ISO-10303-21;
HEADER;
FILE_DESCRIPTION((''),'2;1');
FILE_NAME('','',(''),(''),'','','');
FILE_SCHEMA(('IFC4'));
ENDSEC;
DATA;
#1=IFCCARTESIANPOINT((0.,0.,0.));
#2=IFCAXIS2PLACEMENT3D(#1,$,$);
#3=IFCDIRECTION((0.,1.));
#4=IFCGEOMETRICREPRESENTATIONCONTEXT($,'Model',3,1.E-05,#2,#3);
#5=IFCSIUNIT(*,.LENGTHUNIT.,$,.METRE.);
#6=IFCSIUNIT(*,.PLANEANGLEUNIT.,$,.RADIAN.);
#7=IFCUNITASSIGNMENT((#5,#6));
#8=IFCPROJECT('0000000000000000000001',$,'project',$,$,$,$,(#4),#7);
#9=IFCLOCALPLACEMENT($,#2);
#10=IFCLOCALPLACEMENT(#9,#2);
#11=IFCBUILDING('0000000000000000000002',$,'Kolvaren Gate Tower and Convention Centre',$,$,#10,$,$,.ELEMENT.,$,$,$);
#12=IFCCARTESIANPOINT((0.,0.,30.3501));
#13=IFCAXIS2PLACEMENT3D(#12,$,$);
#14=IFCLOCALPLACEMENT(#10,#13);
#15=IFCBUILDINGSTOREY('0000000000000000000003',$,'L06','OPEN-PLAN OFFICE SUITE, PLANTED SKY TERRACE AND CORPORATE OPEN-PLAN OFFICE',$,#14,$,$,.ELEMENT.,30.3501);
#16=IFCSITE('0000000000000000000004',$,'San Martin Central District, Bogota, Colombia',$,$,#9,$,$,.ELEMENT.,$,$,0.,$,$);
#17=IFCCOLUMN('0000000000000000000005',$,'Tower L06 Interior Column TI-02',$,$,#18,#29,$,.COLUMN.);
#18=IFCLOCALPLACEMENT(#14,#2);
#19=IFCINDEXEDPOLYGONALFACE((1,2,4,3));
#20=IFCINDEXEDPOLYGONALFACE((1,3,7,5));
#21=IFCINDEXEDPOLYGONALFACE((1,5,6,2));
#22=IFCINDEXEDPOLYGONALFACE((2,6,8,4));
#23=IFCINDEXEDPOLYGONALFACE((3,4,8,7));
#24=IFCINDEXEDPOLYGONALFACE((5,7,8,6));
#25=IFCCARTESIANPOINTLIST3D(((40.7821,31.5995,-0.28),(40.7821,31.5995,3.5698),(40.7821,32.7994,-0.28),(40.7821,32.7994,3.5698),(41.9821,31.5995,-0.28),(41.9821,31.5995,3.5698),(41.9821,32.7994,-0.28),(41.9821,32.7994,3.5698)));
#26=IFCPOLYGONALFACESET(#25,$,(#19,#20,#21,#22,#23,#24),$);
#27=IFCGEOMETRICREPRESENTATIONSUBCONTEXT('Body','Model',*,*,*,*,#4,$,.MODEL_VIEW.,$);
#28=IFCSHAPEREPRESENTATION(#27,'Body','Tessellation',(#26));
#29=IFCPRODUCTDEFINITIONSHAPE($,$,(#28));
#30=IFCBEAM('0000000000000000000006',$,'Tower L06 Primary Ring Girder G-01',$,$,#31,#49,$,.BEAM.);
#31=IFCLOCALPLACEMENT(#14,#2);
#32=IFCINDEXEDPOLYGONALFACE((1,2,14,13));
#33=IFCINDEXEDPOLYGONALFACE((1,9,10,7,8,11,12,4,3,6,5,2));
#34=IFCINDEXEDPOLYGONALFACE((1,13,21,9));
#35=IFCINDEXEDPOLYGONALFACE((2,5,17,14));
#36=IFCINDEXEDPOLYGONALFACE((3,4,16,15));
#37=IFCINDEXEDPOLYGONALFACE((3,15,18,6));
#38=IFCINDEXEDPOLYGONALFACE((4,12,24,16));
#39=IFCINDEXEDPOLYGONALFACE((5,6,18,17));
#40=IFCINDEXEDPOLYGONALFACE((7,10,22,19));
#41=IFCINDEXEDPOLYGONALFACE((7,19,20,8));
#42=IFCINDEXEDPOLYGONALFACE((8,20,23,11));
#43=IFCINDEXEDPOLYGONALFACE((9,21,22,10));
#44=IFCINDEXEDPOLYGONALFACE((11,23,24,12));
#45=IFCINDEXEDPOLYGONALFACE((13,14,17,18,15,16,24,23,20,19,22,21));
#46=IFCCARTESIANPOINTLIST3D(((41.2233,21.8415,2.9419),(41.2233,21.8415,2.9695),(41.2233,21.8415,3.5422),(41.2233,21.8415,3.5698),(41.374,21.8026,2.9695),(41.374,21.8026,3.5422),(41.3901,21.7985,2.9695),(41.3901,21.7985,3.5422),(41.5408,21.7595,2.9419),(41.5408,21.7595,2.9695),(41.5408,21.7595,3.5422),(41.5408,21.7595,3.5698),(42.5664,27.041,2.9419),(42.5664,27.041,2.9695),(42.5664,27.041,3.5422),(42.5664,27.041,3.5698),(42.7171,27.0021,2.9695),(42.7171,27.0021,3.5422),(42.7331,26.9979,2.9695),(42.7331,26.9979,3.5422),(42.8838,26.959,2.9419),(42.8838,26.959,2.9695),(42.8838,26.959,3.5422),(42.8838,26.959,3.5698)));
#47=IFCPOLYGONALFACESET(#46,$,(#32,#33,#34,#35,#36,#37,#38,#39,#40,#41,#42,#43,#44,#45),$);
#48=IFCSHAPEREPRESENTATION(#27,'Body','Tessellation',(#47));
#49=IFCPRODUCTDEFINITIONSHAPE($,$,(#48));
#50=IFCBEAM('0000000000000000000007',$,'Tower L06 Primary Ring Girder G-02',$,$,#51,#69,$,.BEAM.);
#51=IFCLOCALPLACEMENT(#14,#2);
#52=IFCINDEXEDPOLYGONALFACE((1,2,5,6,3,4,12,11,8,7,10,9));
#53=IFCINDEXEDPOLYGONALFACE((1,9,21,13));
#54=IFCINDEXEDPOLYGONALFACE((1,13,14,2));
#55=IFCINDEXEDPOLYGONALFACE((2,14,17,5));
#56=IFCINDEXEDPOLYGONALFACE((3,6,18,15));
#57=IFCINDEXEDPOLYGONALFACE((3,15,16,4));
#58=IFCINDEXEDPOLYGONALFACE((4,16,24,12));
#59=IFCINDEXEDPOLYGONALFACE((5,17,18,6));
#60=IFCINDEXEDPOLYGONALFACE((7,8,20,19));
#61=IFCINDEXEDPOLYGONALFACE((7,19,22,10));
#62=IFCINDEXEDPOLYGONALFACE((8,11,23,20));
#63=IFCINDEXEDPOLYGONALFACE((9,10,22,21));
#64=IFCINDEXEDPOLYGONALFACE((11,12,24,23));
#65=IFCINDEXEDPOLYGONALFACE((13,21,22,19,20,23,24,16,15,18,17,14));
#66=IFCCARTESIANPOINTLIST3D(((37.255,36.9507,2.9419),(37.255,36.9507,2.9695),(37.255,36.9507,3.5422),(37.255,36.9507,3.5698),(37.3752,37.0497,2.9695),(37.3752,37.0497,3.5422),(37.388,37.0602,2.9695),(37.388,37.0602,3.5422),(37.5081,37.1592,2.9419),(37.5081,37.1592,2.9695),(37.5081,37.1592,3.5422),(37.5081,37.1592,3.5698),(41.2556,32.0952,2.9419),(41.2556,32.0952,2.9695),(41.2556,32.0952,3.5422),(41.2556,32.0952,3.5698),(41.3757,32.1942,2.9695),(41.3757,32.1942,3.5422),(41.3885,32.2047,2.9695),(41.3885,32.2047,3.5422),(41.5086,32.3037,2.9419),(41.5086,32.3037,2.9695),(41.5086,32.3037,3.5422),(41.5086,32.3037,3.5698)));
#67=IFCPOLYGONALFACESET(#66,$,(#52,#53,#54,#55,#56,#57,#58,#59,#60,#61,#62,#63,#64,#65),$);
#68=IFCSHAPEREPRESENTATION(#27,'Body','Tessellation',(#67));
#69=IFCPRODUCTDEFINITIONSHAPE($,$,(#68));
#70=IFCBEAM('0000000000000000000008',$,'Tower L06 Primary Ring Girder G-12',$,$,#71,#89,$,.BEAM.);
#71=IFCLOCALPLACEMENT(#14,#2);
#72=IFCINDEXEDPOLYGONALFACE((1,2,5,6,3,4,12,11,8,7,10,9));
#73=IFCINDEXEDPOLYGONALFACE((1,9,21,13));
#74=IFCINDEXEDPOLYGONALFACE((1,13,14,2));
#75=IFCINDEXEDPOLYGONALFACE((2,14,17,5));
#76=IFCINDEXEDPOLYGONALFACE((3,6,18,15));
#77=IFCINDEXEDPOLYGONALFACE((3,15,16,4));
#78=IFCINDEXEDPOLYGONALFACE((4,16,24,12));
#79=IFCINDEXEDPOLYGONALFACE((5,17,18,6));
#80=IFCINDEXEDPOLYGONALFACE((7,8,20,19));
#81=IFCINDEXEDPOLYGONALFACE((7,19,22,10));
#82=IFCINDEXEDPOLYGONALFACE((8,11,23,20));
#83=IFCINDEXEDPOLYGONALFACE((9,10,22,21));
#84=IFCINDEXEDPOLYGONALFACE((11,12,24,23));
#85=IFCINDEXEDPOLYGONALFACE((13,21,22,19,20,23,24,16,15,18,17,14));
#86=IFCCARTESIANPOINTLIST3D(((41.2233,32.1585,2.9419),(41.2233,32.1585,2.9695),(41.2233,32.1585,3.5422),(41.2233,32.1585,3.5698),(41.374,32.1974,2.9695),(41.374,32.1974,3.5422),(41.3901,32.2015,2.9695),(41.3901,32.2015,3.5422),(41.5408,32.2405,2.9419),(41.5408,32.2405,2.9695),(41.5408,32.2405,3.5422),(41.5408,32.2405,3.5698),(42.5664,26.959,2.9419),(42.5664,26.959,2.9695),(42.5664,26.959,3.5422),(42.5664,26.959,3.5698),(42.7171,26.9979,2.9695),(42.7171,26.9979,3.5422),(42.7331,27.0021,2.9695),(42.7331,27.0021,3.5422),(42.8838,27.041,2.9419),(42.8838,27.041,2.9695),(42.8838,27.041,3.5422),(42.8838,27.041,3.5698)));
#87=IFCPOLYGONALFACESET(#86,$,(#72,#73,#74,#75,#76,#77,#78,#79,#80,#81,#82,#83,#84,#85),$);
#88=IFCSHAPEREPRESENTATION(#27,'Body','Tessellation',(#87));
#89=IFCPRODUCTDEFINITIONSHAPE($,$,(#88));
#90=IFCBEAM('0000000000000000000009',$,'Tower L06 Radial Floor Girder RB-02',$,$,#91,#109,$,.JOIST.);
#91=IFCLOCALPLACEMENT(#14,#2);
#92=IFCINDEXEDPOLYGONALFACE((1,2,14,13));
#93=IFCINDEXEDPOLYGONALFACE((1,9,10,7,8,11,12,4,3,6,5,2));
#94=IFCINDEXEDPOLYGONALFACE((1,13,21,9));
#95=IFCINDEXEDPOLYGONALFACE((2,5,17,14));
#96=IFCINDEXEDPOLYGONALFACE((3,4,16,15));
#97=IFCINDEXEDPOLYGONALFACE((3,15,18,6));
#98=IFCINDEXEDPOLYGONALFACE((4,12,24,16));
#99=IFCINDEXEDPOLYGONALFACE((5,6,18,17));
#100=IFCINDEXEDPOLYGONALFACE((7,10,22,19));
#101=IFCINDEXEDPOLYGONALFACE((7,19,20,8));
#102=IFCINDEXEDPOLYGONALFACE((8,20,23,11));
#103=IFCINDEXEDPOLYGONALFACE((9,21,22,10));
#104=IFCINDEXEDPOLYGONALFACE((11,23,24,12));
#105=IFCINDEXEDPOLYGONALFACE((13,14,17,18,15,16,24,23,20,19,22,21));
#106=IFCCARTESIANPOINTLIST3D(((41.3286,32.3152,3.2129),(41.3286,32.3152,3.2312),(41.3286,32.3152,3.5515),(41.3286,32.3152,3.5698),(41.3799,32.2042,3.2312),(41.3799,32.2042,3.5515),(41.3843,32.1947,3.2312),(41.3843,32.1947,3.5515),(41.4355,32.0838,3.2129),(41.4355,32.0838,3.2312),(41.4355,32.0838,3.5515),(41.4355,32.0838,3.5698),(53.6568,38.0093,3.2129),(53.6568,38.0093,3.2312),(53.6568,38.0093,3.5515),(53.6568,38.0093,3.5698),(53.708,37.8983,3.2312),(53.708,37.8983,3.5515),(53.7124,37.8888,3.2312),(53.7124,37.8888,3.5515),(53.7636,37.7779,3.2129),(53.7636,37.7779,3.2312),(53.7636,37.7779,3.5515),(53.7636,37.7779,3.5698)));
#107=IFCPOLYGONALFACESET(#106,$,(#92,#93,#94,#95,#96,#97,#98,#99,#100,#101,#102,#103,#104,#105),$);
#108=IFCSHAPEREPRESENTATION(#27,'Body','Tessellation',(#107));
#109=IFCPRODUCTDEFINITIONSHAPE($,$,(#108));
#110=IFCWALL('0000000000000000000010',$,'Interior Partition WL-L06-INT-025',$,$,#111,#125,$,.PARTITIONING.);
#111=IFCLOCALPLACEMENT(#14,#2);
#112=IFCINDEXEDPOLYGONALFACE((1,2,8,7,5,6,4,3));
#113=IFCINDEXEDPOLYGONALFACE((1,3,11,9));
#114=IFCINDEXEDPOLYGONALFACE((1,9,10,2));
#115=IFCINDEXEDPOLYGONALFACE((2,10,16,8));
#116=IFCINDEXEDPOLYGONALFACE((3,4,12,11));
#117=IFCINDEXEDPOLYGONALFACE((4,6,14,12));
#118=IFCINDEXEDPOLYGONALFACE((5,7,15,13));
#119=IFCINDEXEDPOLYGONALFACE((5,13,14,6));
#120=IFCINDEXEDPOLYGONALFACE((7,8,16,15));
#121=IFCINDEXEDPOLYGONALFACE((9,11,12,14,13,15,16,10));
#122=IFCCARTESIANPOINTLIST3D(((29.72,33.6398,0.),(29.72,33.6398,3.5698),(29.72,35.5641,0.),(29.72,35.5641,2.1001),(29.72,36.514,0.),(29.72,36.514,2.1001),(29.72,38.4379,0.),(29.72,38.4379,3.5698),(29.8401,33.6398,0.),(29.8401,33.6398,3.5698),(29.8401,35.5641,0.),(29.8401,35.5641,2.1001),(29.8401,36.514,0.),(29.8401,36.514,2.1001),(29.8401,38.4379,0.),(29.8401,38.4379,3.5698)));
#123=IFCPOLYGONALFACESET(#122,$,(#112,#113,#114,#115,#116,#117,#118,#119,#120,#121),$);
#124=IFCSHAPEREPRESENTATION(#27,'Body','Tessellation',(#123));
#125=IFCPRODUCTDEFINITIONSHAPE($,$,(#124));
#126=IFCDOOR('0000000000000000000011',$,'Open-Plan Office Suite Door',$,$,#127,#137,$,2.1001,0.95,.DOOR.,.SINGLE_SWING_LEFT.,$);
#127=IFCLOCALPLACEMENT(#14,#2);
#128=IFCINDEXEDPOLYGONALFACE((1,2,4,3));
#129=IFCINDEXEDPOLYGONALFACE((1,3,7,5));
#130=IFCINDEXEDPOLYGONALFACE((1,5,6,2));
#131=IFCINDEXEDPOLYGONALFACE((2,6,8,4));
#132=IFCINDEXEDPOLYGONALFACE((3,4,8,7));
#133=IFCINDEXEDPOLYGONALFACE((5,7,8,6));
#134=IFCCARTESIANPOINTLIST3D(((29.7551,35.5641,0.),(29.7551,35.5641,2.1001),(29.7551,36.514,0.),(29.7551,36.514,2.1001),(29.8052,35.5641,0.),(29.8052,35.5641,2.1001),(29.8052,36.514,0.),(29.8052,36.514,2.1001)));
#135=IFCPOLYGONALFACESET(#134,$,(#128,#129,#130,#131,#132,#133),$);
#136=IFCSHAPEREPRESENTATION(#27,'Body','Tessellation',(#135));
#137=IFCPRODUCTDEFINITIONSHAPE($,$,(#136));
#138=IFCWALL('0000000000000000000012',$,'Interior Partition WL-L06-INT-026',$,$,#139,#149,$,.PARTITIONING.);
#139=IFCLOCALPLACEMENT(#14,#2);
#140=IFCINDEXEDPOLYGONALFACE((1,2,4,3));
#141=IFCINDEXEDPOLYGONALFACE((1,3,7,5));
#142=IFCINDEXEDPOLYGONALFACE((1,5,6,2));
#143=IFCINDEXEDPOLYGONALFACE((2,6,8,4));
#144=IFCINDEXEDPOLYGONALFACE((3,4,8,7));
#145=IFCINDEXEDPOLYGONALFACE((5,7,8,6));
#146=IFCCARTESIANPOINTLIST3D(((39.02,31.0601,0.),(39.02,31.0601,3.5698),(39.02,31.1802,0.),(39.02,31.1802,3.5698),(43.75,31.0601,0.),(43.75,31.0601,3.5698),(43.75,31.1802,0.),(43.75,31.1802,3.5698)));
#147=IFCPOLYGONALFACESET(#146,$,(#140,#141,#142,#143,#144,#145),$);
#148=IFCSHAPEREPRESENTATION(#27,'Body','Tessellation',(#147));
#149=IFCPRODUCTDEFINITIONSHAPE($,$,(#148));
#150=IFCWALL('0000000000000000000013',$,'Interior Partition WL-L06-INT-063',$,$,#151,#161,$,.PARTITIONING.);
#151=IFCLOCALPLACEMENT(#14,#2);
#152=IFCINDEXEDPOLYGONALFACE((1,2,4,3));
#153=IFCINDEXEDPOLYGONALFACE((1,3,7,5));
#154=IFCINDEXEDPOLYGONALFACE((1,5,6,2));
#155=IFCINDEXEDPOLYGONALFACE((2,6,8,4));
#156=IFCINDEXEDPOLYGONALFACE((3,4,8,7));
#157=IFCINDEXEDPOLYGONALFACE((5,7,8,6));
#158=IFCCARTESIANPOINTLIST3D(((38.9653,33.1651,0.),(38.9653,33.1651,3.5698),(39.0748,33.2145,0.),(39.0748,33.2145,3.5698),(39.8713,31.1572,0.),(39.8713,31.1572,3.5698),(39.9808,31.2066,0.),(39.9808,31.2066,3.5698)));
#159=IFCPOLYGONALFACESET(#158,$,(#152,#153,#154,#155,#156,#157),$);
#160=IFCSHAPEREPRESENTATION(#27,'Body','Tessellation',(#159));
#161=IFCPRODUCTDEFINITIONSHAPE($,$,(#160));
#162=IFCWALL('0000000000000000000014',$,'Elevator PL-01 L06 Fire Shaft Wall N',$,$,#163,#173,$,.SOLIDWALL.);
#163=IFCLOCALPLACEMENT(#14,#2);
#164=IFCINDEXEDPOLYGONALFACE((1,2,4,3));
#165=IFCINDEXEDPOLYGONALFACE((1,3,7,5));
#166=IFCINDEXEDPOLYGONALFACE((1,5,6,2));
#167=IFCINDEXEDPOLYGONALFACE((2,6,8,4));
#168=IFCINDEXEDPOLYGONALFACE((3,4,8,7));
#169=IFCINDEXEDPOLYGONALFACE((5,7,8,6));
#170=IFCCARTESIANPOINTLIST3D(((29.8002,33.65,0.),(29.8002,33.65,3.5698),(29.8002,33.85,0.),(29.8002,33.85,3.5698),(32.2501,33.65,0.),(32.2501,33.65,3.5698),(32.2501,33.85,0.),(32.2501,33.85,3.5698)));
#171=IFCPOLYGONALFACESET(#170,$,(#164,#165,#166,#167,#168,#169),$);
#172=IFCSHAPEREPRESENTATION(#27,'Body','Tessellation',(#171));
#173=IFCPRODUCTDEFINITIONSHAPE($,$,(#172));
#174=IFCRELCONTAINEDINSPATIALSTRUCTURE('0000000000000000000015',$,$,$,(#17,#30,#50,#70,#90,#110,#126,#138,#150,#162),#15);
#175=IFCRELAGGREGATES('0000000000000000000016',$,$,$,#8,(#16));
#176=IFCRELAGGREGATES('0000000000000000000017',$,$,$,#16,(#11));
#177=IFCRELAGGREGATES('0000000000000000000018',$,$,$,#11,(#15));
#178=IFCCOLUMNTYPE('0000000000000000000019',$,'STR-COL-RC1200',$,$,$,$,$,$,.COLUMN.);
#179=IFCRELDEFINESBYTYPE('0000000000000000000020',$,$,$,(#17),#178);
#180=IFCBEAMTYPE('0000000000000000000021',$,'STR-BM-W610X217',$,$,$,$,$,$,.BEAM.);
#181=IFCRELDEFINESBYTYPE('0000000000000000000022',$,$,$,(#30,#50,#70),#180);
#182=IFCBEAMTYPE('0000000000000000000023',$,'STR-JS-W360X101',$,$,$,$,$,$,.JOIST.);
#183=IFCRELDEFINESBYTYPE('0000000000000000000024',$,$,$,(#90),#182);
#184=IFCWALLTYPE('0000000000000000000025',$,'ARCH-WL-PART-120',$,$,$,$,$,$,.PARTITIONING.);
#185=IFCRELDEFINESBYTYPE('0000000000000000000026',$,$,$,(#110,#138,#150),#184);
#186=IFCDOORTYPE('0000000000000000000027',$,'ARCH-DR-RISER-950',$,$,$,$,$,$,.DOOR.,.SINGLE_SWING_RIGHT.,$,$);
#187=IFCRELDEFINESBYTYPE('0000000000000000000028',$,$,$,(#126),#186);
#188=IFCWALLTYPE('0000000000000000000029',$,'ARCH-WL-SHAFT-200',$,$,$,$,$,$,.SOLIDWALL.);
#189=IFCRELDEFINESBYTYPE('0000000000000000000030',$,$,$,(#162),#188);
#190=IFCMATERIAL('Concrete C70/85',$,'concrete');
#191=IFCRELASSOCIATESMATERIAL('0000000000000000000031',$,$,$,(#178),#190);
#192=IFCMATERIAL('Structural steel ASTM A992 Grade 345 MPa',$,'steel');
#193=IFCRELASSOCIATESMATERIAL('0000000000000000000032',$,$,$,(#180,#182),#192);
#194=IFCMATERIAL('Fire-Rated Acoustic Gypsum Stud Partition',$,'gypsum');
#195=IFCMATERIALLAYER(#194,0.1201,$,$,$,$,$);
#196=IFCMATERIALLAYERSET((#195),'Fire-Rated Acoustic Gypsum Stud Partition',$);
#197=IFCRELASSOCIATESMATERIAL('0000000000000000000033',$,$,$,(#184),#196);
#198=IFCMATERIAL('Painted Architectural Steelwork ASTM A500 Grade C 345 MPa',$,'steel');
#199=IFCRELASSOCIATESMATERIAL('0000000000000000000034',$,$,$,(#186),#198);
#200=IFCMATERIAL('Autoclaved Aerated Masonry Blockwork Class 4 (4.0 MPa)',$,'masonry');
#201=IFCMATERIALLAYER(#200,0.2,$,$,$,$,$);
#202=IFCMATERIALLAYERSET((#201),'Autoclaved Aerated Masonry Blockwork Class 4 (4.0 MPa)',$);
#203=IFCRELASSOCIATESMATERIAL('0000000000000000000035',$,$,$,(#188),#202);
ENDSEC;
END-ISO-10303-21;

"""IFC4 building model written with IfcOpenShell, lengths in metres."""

from ifc_helpers import new_model, si_unit, direction, frame, frame_2d, origin, origin_2d, place, context, subcontext, project, spatial, rectangle, i_section, extrude, material, layer, layer_set, material_profile, profile_set, type_object, element, fill, save


model = new_model("IFC4")

# Units and contexts
model_context = context("Model", 3, precision=1e-05, world=origin(), true_north=direction((0.0, 1.0)))
body_context = subcontext(model_context, "Body", "Model", "MODEL_VIEW")
ifc_project = project(units=[si_unit("LENGTHUNIT", "METRE"), si_unit("PLANEANGLEUNIT", "RADIAN")], contexts=[model_context])

# Site, building, storey
site_placement = place(None, origin())
site = spatial("IfcSite", under=ifc_project, at=site_placement, Name="San Martin Central District, Bogota, Colombia", CompositionType="ELEMENT", RefElevation=0.0)
building_placement = place(site_placement, origin())
building = spatial("IfcBuilding", under=site, at=building_placement, Name="Kolvaren Gate Tower and Convention Centre", CompositionType="ELEMENT")
storey_placement = place(building_placement, frame((0.0, 0.0, 30.3501)))
storey = spatial("IfcBuildingStorey", under=building, at=storey_placement, Name="L06", Description="OPEN-PLAN OFFICE SUITE, PLANTED SKY TERRACE AND CORPORATE OPEN-PLAN OFFICE", CompositionType="ELEMENT", Elevation=30.3501)

# Column
ifc_material_1 = material(Name="Concrete C70/85", Category="concrete")
ifc_material_profile_1 = material_profile(ifc_material_1, rectangle(XDim=1.2, YDim=1.2, at=origin_2d()), Name="RC-COL-1200X1200")
ifc_profile_set_1 = profile_set([ifc_material_profile_1], Name="Concrete C70/85")
column_type = type_object("IfcColumnType", Name="STR-COL-RC1200", PredefinedType="COLUMN", material=ifc_profile_set_1)
column_placement = place(storey_placement, frame((41.3821, 32.1995, -0.28), z_axis=(0.0, 0.0, 1.0), x_axis=(1.0, 0.0, 0.0)))
element("IfcColumn", 1, at=column_placement, inside=storey, type_object=column_type, Name="Tower L06 Interior Column TI-02", PredefinedType="COLUMN", context=body_context, shape_type="SweptSolid", body=[
    extrude(rectangle(XDim=1.2, YDim=1.2, at=origin_2d()), origin(), (0.0, 0.0, 1.0), 3.8499),
])

# Beams
ifc_material_2 = material(Name="Structural steel ASTM A992 Grade 345 MPa", Category="steel")
ifc_material_profile_2 = material_profile(ifc_material_2, i_section(OverallWidth=0.3279, OverallDepth=0.6279, WebThickness=0.0166, FlangeThickness=0.0276, at=origin_2d()), Name="W610X217")
ifc_profile_set_2 = profile_set([ifc_material_profile_2], Name="Structural steel ASTM A992 Grade 345 MPa")
beam_type_1 = type_object("IfcBeamType", Name="STR-BM-W610X217", PredefinedType="BEAM", material=ifc_profile_set_2)
beam_1_placement = place(storey_placement, frame((42.7251, 27.0, 3.2559), z_axis=(-0.250091, -0.968222, 0.0), x_axis=(0.968222, -0.250091, 0.0)))
element("IfcBeam", 2, at=beam_1_placement, inside=storey, type_object=beam_type_1, Name="Tower L06 Primary Ring Girder G-01", PredefinedType="BEAM", context=body_context, shape_type="SweptSolid", body=[
    extrude(i_section(OverallWidth=0.3279, OverallDepth=0.6279, WebThickness=0.0166, FlangeThickness=0.0276, at=origin_2d()), origin(), (0.0, 0.0, 1.0), 5.3701),
])
beam_2_placement = place(storey_placement, frame((41.3821, 32.1995, 3.2559), z_axis=(-0.635884, 0.771785, 0.0), x_axis=(-0.771785, -0.635884, 0.0)))
element("IfcBeam", 3, at=beam_2_placement, inside=storey, type_object=beam_type_1, Name="Tower L06 Primary Ring Girder G-02", PredefinedType="BEAM", context=body_context, shape_type="SweptSolid", body=[
    extrude(i_section(OverallWidth=0.3279, OverallDepth=0.6279, WebThickness=0.0166, FlangeThickness=0.0276, at=origin_2d()), origin(), (0.0, 0.0, 1.0), 6.2913),
])
beam_3_placement = place(storey_placement, frame((42.7251, 27.0, 3.2559), z_axis=(-0.250091, 0.968222, 0.0), x_axis=(-0.968222, -0.250091, 0.0)))
element("IfcBeam", 4, at=beam_3_placement, inside=storey, type_object=beam_type_1, Name="Tower L06 Primary Ring Girder G-12", PredefinedType="BEAM", context=body_context, shape_type="SweptSolid", body=[
    extrude(i_section(OverallWidth=0.3279, OverallDepth=0.6279, WebThickness=0.0166, FlangeThickness=0.0276, at=origin_2d()), origin(), (0.0, 0.0, 1.0), 5.3701),
])
ifc_material_profile_3 = material_profile(ifc_material_2, i_section(OverallWidth=0.2549, OverallDepth=0.3569, WebThickness=0.0105, FlangeThickness=0.0183, at=origin_2d()), Name="W360X101")
ifc_profile_set_3 = profile_set([ifc_material_profile_3], Name="Structural steel ASTM A992 Grade 345 MPa")
beam_type_2 = type_object("IfcBeamType", Name="STR-JS-W360X101", PredefinedType="JOIST", material=ifc_profile_set_3)
beam_4_placement = place(storey_placement, frame((41.3821, 32.1995, 3.3914), z_axis=(0.907842, 0.419312, 0.0), x_axis=(-0.419312, 0.907842, 0.0)))
element("IfcBeam", 5, at=beam_4_placement, inside=storey, type_object=beam_type_2, Name="Tower L06 Radial Floor Girder RB-02", PredefinedType="JOIST", context=body_context, shape_type="SweptSolid", body=[
    extrude(i_section(OverallWidth=0.2549, OverallDepth=0.3569, WebThickness=0.0105, FlangeThickness=0.0183, at=origin_2d()), origin(), (0.0, 0.0, 1.0), 13.5796),
])

# Wall, opening, door
ifc_material_3 = material(Name="Fire-Rated Acoustic Gypsum Stud Partition", Category="gypsum")
ifc_layer_1 = layer(ifc_material_3, 0.1201)
ifc_layer_set_1 = layer_set([ifc_layer_1], Name="Fire-Rated Acoustic Gypsum Stud Partition")
wall_type_1 = type_object("IfcWallType", Name="ARCH-WL-PART-120", PredefinedType="PARTITIONING", material=ifc_layer_set_1)
wall_1_placement = place(storey_placement, frame((29.78, 33.6399, 0.0), z_axis=(0.0, 0.0, 1.0), x_axis=(0.0, 1.0, 0.0)))
wall_1 = element("IfcWall", 6, at=wall_1_placement, inside=storey, type_object=wall_type_1, Name="Interior Partition WL-L06-INT-025", PredefinedType="PARTITIONING", context=body_context, shape_type="SweptSolid", body=[
    extrude(rectangle(XDim=4.7981, YDim=0.1201, at=frame_2d((2.3989, 0.0))), origin(), (0.0, 0.0, 1.0), 3.5698),
])
opening_1_placement = place(wall_1_placement, frame((1.9241, 0.0, 0.0)))
opening_1 = element("IfcOpeningElement", 7, at=opening_1_placement, cuts=wall_1, PredefinedType="OPENING", context=body_context, shape_type="SweptSolid", body=[
    extrude(rectangle(XDim=0.95, YDim=2.1001, at=frame_2d((0.4751, 1.05))), frame((0.0, 0.0701, 0.0), z_axis=(0.0, -1.0, 0.0), x_axis=(1.0, 0.0, 0.0)), (0.0, 0.0, 1.0), 0.1401),
])
ifc_material_4 = material(Name="Painted Architectural Steelwork ASTM A500 Grade C 345 MPa", Category="steel")
door_type_1 = type_object("IfcDoorType", Name="ARCH-DR-RISER-950", OperationType="SINGLE_SWING_RIGHT", PredefinedType="DOOR", material=ifc_material_4)
door_1_placement = place(opening_1_placement, origin())
door_1 = element("IfcDoor", 8, at=door_1_placement, inside=storey, type_object=door_type_1, Name="Open-Plan Office Suite Door", OperationType="SINGLE_SWING_LEFT", OverallHeight=2.1001, OverallWidth=0.95, PredefinedType="DOOR", context=body_context, shape_type="SweptSolid", body=[
    extrude(rectangle(XDim=0.95, YDim=2.1001, at=frame_2d((0.4751, 1.05))), frame((0.0, 0.0249, 0.0), z_axis=(0.0, -1.0, 0.0), x_axis=(1.0, 0.0, 0.0)), (0.0, 0.0, 1.0), 0.05),
])
fill(opening_1, door_1)

# Walls
wall_2_placement = place(storey_placement, frame((39.02, 31.1201, 0.0), z_axis=(0.0, 0.0, 1.0), x_axis=(1.0, 0.0, 0.0)))
element("IfcWall", 9, at=wall_2_placement, inside=storey, type_object=wall_type_1, Name="Interior Partition WL-L06-INT-026", PredefinedType="PARTITIONING", context=body_context, shape_type="SweptSolid", body=[
    extrude(rectangle(XDim=4.73, YDim=0.1201, at=frame_2d((2.365, 0.0))), origin(), (0.0, 0.0, 1.0), 3.5698),
])
wall_3_placement = place(storey_placement, frame((39.02, 33.1899, 0.0), z_axis=(0.0, 0.0, 1.0), x_axis=(0.411263, -0.911517, 0.0)))
element("IfcWall", 10, at=wall_3_placement, inside=storey, type_object=wall_type_1, Name="Interior Partition WL-L06-INT-063", PredefinedType="PARTITIONING", context=body_context, shape_type="SweptSolid", body=[
    extrude(rectangle(XDim=2.2029, YDim=0.1201, at=frame_2d((1.1016, 0.0))), origin(), (0.0, 0.0, 1.0), 3.5698),
])
ifc_material_5 = material(Name="Autoclaved Aerated Masonry Blockwork Class 4 (4.0 MPa)", Category="masonry")
ifc_layer_2 = layer(ifc_material_5, 0.2)
ifc_layer_set_2 = layer_set([ifc_layer_2], Name="Autoclaved Aerated Masonry Blockwork Class 4 (4.0 MPa)")
wall_type_2 = type_object("IfcWallType", Name="ARCH-WL-SHAFT-200", PredefinedType="SOLIDWALL", material=ifc_layer_set_2)
wall_4_placement = place(storey_placement, frame((29.8, 33.75, 0.0), z_axis=(0.0, 0.0, 1.0), x_axis=(1.0, 0.0, 0.0)))
element("IfcWall", 11, at=wall_4_placement, inside=storey, type_object=wall_type_2, Name="Elevator PL-01 L06 Fire Shaft Wall N", PredefinedType="SOLIDWALL", context=body_context, shape_type="SweptSolid", body=[
    extrude(rectangle(XDim=2.45, YDim=0.2, at=frame_2d((1.2251, 0.0))), origin(), (0.0, 0.0, 1.0), 3.5698),
])

save(model, "model.ifc")
